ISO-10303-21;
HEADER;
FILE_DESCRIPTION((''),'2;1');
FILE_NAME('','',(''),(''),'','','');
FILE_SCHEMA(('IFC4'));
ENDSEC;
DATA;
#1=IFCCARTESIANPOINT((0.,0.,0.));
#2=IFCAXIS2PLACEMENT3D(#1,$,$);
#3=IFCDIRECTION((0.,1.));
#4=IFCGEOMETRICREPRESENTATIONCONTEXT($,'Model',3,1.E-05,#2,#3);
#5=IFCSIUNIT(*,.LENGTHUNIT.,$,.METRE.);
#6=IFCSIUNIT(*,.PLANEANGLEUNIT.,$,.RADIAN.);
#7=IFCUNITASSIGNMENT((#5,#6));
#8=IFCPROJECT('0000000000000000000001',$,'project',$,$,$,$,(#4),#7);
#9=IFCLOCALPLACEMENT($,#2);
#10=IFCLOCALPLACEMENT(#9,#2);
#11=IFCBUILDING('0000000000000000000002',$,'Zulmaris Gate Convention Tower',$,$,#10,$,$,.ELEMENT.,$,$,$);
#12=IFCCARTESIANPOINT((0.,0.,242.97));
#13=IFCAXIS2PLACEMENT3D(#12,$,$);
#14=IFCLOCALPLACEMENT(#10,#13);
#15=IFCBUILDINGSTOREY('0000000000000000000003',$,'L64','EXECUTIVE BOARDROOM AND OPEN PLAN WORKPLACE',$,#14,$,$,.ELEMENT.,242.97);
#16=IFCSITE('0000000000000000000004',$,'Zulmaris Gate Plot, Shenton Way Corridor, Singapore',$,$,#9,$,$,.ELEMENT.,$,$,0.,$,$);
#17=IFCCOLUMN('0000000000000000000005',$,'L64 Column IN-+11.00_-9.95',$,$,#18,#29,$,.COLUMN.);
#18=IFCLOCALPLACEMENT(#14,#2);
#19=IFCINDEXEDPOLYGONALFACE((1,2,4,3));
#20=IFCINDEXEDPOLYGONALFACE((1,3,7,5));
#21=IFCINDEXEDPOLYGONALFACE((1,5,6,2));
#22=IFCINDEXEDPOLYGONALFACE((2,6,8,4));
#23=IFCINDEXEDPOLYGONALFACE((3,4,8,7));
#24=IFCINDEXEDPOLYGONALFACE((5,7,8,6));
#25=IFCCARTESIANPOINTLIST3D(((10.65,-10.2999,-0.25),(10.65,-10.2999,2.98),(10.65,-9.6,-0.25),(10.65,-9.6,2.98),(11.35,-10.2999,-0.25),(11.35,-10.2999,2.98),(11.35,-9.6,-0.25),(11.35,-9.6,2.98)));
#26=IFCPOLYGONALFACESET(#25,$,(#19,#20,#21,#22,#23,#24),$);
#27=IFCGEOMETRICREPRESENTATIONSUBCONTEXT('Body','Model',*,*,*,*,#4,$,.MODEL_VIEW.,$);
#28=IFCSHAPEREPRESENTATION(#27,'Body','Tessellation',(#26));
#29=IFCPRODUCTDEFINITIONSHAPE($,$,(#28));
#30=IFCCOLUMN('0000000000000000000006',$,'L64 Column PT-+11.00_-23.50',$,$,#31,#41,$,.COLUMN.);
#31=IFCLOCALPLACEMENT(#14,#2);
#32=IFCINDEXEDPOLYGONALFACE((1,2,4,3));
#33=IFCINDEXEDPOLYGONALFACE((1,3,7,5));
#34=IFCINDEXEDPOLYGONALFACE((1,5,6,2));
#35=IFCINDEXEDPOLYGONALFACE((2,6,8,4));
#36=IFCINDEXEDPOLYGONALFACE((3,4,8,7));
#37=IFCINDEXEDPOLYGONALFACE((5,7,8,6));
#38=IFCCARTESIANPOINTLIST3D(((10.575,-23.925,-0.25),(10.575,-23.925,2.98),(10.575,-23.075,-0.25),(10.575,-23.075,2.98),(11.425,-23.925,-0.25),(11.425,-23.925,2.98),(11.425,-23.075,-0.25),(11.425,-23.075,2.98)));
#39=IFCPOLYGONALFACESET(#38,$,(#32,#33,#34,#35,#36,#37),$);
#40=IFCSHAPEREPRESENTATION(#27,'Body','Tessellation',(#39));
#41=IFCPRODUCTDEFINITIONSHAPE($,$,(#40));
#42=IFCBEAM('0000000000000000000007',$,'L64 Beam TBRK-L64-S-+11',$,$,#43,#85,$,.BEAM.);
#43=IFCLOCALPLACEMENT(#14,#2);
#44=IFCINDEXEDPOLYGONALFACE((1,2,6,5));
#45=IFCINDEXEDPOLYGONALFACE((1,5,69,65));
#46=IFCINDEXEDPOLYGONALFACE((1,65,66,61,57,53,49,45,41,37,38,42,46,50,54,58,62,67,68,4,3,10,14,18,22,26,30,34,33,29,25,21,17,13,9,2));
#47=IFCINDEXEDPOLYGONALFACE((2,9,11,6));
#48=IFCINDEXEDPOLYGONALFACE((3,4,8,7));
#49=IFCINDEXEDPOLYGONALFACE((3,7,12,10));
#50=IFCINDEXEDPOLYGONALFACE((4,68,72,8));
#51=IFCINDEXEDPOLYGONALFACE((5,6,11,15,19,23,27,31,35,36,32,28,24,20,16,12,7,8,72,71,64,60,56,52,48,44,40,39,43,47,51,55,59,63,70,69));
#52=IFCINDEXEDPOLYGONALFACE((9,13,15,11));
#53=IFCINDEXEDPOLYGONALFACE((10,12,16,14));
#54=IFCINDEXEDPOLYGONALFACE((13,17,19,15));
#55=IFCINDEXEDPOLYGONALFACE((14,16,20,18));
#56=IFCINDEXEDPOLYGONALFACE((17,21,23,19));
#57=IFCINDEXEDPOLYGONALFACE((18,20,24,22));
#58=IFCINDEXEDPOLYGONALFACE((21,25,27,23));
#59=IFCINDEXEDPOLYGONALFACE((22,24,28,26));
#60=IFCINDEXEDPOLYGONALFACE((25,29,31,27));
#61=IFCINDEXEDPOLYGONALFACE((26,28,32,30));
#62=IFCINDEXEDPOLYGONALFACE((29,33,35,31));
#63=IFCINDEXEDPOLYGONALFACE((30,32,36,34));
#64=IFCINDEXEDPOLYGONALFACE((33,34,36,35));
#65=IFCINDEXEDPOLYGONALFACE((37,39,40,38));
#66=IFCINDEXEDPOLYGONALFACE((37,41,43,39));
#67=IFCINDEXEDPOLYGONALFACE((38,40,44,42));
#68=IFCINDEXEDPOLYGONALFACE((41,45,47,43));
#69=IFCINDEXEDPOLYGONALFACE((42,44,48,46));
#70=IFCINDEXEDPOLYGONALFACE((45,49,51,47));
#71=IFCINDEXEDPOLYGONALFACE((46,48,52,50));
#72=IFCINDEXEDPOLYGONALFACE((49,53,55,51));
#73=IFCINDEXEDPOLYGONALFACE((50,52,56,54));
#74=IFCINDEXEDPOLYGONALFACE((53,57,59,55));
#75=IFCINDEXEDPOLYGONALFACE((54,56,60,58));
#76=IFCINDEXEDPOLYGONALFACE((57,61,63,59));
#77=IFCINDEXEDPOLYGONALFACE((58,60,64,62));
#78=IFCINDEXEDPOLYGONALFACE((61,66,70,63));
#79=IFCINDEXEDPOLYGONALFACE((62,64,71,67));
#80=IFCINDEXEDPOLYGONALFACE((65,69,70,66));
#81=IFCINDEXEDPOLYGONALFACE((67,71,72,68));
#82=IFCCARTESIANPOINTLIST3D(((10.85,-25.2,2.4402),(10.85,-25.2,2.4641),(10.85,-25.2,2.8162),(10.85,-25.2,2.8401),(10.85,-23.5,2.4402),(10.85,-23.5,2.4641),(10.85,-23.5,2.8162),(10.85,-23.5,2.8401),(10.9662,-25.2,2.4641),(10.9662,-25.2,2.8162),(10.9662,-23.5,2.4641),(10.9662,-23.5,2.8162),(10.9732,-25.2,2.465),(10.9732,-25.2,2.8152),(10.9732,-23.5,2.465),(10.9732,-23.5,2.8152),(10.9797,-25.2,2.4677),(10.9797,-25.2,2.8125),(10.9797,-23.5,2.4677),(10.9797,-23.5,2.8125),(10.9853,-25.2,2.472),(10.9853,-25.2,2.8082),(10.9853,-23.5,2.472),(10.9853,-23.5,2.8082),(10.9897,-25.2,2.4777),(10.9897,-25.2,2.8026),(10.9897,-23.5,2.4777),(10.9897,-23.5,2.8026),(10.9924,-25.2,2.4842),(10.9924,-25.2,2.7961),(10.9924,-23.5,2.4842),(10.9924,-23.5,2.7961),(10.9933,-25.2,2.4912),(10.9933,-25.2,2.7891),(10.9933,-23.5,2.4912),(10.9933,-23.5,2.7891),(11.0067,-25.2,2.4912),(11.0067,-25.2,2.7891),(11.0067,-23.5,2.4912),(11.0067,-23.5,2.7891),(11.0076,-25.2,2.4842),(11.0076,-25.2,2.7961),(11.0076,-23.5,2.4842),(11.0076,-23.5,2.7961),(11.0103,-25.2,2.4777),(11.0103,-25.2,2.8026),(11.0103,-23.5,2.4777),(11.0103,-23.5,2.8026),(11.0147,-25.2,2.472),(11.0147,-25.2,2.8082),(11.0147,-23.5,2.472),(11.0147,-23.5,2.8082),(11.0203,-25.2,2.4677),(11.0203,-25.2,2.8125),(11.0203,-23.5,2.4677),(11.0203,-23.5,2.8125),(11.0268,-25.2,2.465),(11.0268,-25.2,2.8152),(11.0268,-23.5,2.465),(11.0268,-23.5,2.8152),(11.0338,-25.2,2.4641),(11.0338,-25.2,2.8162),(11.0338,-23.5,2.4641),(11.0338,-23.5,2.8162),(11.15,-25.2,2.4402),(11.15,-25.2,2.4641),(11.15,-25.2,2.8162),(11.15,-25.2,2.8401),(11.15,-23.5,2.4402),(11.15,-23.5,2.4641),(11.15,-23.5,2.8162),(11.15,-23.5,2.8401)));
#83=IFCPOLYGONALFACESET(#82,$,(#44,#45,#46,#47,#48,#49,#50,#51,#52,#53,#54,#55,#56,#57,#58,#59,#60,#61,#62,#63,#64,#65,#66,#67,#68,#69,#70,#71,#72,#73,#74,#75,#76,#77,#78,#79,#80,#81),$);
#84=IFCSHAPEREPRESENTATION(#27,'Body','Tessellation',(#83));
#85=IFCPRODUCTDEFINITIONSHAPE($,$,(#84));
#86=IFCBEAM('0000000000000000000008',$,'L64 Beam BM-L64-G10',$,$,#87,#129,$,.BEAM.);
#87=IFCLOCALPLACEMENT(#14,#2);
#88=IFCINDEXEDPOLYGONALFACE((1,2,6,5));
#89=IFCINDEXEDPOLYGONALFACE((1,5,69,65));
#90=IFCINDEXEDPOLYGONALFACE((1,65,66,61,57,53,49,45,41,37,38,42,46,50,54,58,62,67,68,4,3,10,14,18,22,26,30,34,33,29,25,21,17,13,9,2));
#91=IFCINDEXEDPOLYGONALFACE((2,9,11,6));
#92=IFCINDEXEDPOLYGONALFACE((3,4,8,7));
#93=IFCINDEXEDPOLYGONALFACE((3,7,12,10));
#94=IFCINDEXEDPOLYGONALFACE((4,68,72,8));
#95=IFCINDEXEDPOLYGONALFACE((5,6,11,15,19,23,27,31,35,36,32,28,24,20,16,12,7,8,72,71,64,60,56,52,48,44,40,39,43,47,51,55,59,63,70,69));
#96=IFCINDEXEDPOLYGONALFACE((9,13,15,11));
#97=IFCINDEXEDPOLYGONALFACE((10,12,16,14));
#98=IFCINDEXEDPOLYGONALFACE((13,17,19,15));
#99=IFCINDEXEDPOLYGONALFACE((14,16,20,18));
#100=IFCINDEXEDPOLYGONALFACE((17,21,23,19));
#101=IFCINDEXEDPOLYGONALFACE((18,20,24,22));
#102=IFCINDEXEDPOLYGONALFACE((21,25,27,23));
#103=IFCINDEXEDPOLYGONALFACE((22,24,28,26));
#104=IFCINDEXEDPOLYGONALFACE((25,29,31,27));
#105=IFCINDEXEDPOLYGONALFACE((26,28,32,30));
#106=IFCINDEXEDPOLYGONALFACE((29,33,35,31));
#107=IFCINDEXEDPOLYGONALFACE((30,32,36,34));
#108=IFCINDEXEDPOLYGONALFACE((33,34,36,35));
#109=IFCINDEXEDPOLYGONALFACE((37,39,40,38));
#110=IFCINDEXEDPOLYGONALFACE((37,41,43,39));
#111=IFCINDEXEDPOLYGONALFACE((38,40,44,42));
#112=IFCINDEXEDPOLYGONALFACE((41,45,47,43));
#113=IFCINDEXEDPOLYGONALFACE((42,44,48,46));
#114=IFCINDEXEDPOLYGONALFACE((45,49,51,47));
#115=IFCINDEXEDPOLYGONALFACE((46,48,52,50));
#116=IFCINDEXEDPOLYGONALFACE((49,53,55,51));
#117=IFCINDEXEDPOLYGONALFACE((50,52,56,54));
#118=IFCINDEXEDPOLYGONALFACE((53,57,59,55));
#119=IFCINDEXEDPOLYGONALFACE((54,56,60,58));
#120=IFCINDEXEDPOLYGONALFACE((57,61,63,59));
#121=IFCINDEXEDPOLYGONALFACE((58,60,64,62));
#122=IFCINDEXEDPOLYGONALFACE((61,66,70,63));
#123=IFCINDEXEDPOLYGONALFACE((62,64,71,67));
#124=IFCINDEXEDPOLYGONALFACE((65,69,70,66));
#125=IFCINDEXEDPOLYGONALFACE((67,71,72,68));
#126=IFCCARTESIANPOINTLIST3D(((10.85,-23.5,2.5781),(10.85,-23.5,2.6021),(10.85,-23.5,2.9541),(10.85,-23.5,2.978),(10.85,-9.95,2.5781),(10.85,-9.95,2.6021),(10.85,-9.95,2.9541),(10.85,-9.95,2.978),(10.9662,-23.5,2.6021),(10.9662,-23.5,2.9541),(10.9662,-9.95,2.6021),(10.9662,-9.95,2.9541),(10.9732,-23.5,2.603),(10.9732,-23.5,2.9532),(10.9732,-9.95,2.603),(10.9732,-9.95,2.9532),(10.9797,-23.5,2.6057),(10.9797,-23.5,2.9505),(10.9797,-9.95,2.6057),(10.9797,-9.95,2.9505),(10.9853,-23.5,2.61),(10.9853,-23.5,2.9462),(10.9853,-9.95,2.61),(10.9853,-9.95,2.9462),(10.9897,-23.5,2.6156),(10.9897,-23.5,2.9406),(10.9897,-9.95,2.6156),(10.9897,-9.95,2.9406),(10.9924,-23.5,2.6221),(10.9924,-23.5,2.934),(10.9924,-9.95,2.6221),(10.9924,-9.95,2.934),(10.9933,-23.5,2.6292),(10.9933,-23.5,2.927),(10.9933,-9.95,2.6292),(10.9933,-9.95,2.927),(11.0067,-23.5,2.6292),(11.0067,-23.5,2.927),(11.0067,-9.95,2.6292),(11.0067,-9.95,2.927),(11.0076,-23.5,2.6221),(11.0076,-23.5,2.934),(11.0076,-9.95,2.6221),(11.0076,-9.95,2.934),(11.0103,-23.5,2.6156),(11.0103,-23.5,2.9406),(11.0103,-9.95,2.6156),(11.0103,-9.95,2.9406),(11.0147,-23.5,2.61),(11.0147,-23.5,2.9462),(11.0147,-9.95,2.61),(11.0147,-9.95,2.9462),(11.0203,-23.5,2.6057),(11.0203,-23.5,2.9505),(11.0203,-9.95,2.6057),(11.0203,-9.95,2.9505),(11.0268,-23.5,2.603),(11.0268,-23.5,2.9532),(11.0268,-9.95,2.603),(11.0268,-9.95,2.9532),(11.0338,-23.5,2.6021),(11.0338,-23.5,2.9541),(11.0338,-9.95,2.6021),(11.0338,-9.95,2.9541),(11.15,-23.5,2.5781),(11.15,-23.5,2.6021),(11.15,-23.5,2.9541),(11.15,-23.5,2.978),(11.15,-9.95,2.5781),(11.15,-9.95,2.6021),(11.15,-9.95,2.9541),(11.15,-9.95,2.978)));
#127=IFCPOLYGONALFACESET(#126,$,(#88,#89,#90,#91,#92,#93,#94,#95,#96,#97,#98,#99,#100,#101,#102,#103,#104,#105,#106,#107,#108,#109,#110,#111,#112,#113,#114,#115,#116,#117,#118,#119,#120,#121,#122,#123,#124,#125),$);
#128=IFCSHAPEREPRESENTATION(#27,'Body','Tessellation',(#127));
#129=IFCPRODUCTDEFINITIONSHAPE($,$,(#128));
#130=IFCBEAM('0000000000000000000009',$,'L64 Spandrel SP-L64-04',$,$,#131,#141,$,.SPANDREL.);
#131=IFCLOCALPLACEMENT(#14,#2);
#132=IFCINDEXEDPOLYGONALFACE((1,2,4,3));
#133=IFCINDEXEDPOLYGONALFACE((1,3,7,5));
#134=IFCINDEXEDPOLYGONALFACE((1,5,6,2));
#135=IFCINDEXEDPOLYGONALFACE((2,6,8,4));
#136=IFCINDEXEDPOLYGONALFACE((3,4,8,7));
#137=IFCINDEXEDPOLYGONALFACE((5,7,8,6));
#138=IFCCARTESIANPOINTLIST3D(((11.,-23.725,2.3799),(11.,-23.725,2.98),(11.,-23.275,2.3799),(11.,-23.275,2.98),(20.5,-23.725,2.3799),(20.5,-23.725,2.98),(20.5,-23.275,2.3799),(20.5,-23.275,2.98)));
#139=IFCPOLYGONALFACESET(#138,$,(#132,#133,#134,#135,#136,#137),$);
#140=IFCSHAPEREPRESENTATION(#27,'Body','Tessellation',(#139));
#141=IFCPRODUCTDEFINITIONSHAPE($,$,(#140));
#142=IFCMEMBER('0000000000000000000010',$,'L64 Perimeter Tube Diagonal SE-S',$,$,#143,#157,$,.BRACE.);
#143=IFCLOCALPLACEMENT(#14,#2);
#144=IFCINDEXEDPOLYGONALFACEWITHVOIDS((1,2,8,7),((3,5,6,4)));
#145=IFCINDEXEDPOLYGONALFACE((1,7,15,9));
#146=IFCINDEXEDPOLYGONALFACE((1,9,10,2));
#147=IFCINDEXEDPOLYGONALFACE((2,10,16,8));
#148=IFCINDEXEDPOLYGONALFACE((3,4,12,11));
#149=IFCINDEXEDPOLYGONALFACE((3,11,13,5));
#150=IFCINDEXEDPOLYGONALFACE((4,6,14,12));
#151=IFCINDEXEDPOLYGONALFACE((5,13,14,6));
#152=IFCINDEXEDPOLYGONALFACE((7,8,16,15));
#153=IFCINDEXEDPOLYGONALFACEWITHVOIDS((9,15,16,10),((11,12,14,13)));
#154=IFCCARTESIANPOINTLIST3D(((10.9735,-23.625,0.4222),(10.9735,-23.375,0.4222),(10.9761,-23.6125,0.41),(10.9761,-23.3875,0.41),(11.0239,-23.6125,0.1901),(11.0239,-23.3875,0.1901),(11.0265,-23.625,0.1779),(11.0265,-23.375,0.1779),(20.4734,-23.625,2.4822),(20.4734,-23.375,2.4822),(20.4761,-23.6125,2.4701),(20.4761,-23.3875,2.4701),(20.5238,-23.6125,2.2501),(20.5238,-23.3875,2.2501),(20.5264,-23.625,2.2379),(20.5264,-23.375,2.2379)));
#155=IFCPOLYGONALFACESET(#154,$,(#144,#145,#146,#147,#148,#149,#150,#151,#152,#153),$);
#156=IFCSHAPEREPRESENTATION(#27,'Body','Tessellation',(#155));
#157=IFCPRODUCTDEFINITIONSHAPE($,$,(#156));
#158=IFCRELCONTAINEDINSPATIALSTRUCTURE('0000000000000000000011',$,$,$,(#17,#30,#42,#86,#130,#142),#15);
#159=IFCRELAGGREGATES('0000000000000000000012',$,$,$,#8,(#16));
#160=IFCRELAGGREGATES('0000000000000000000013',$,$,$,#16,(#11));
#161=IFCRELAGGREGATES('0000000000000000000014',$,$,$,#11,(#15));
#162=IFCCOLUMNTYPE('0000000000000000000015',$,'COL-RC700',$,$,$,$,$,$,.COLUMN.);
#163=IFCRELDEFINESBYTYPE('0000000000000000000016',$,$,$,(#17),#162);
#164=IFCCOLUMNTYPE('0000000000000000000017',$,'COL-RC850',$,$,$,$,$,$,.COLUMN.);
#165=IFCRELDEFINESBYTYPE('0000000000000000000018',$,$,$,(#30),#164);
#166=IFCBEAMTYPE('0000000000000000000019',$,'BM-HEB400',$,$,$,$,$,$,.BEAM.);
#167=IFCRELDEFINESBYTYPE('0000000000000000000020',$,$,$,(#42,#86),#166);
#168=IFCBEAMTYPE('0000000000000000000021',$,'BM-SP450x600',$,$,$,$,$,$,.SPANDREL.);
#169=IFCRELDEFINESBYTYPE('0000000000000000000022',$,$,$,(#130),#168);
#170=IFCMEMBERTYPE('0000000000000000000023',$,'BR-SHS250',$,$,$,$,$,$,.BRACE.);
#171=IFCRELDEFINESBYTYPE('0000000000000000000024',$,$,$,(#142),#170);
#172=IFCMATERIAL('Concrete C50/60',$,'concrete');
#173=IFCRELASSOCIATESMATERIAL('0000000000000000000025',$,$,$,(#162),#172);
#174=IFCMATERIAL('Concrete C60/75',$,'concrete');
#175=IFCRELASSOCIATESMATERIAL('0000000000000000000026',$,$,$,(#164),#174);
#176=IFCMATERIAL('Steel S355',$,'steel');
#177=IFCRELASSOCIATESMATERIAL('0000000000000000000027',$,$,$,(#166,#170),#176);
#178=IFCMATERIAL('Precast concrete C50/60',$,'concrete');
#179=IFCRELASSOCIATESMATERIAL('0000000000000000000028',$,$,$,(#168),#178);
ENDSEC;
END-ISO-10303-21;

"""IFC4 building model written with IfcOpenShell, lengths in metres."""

from ifc_helpers import new_model, si_unit, direction, frame, origin, origin_2d, place, context, subcontext, project, spatial, rectangle, hollow_rectangle, i_section, extrude, material, material_profile, profile_set, type_object, element, save


model = new_model("IFC4")

# Units and contexts
model_context = context("Model", 3, precision=1e-05, world=origin(), true_north=direction((0.0, 1.0)))
body_context = subcontext(model_context, "Body", "Model", "MODEL_VIEW")
ifc_project = project(units=[si_unit("LENGTHUNIT", "METRE"), si_unit("PLANEANGLEUNIT", "RADIAN")], contexts=[model_context])

# Site, building, storey
site_placement = place(None, origin())
site = spatial("IfcSite", under=ifc_project, at=site_placement, Name="Zulmaris Gate Plot, Shenton Way Corridor, Singapore", CompositionType="ELEMENT", RefElevation=0.0)
building_placement = place(site_placement, origin())
building = spatial("IfcBuilding", under=site, at=building_placement, Name="Zulmaris Gate Convention Tower", CompositionType="ELEMENT")
storey_placement = place(building_placement, frame((0.0, 0.0, 242.97)))
storey = spatial("IfcBuildingStorey", under=building, at=storey_placement, Name="L64", Description="EXECUTIVE BOARDROOM AND OPEN PLAN WORKPLACE", CompositionType="ELEMENT", Elevation=242.97)

# Columns
ifc_material_1 = material(Name="Concrete C50/60", Category="concrete")
ifc_material_profile_1 = material_profile(ifc_material_1, rectangle(XDim=0.7, YDim=0.7, at=origin_2d()), Name="RC COL 700x700")
ifc_profile_set_1 = profile_set([ifc_material_profile_1], Name="Concrete C50/60")
column_type_1 = type_object("IfcColumnType", Name="COL-RC700", PredefinedType="COLUMN", material=ifc_profile_set_1)
column_1_placement = place(storey_placement, frame((11.0, -9.95, -0.25), z_axis=(0.0, 0.0, 1.0), x_axis=(1.0, 0.0, 0.0)))
element("IfcColumn", 1, at=column_1_placement, inside=storey, type_object=column_type_1, Name="L64 Column IN-+11.00_-9.95", PredefinedType="COLUMN", context=body_context, shape_type="SweptSolid", body=[
    extrude(rectangle(XDim=0.7, YDim=0.7, at=origin_2d()), origin(), (0.0, 0.0, 1.0), 3.23),
])
ifc_material_2 = material(Name="Concrete C60/75", Category="concrete")
ifc_material_profile_2 = material_profile(ifc_material_2, rectangle(XDim=0.8501, YDim=0.8501, at=origin_2d()), Name="RC COL 850x850")
ifc_profile_set_2 = profile_set([ifc_material_profile_2], Name="Concrete C60/75")
column_type_2 = type_object("IfcColumnType", Name="COL-RC850", PredefinedType="COLUMN", material=ifc_profile_set_2)
column_2_placement = place(storey_placement, frame((11.0, -23.5, -0.25), z_axis=(0.0, 0.0, 1.0), x_axis=(1.0, 0.0, 0.0)))
element("IfcColumn", 2, at=column_2_placement, inside=storey, type_object=column_type_2, Name="L64 Column PT-+11.00_-23.50", PredefinedType="COLUMN", context=body_context, shape_type="SweptSolid", body=[
    extrude(rectangle(XDim=0.8501, YDim=0.8501, at=origin_2d()), origin(), (0.0, 0.0, 1.0), 3.23),
])

# Beams
ifc_material_3 = material(Name="Steel S355", Category="steel")
ifc_material_profile_3 = material_profile(ifc_material_3, i_section(OverallWidth=0.3, OverallDepth=0.3999, WebThickness=0.0134, FlangeThickness=0.0239, FilletRadius=0.0271, at=origin_2d()), Name="HEB 400")
ifc_profile_set_3 = profile_set([ifc_material_profile_3], Name="Steel S355")
beam_type_1 = type_object("IfcBeamType", Name="BM-HEB400", PredefinedType="BEAM", material=ifc_profile_set_3)
beam_1_placement = place(storey_placement, frame((11.0, -25.2, 2.6401), z_axis=(0.0, 1.0, 0.0), x_axis=(-1.0, 0.0, 0.0)))
element("IfcBeam", 3, at=beam_1_placement, inside=storey, type_object=beam_type_1, Name="L64 Beam TBRK-L64-S-+11", PredefinedType="BEAM", context=body_context, shape_type="SweptSolid", body=[
    extrude(i_section(OverallWidth=0.3, OverallDepth=0.3999, WebThickness=0.0134, FlangeThickness=0.0239, FilletRadius=0.0271, at=origin_2d()), origin(), (0.0, 0.0, 1.0), 1.7),
])
beam_2_placement = place(storey_placement, frame((11.0, -23.5, 2.7781), z_axis=(0.0, 1.0, 0.0), x_axis=(-1.0, 0.0, 0.0)))
element("IfcBeam", 4, at=beam_2_placement, inside=storey, type_object=beam_type_1, Name="L64 Beam BM-L64-G10", PredefinedType="BEAM", context=body_context, shape_type="SweptSolid", body=[
    extrude(i_section(OverallWidth=0.3, OverallDepth=0.3999, WebThickness=0.0134, FlangeThickness=0.0239, FilletRadius=0.0271, at=origin_2d()), origin(), (0.0, 0.0, 1.0), 13.55),
])
ifc_material_4 = material(Name="Precast concrete C50/60", Category="concrete")
ifc_material_profile_4 = material_profile(ifc_material_4, rectangle(XDim=0.45, YDim=0.6001, at=origin_2d()), Name="RC SPANDREL 450x600")
ifc_profile_set_4 = profile_set([ifc_material_profile_4], Name="Precast concrete C50/60")
beam_type_2 = type_object("IfcBeamType", Name="BM-SP450x600", PredefinedType="SPANDREL", material=ifc_profile_set_4)
beam_3_placement = place(storey_placement, frame((11.0, -23.5, 2.6799), z_axis=(1.0, 0.0, 0.0), x_axis=(0.0, 1.0, 0.0)))
element("IfcBeam", 5, at=beam_3_placement, inside=storey, type_object=beam_type_2, Name="L64 Spandrel SP-L64-04", PredefinedType="SPANDREL", context=body_context, shape_type="SweptSolid", body=[
    extrude(rectangle(XDim=0.45, YDim=0.6001, at=origin_2d()), origin(), (0.0, 0.0, 1.0), 9.5),
])

# Member
ifc_material_profile_5 = material_profile(ifc_material_3, hollow_rectangle(XDim=0.25, YDim=0.25, WallThickness=0.0125, at=origin_2d()), Name="SHS 250x250x12.5")
ifc_profile_set_5 = profile_set([ifc_material_profile_5], Name="Steel S355")
member_type = type_object("IfcMemberType", Name="BR-SHS250", PredefinedType="BRACE", material=ifc_profile_set_5)
member_placement = place(storey_placement, frame((11.0, -23.5, 0.3), z_axis=(0.977286, 0.0, 0.211923), x_axis=(0.0, 1.0, 0.0)))
element("IfcMember", 6, at=member_placement, inside=storey, type_object=member_type, Name="L64 Perimeter Tube Diagonal SE-S", PredefinedType="BRACE", context=body_context, shape_type="SweptSolid", body=[
    extrude(hollow_rectangle(XDim=0.25, YDim=0.25, WallThickness=0.0125, at=origin_2d()), origin(), (0.0, 0.0, 1.0), 9.7207),
])

save(model, "model.ifc")
